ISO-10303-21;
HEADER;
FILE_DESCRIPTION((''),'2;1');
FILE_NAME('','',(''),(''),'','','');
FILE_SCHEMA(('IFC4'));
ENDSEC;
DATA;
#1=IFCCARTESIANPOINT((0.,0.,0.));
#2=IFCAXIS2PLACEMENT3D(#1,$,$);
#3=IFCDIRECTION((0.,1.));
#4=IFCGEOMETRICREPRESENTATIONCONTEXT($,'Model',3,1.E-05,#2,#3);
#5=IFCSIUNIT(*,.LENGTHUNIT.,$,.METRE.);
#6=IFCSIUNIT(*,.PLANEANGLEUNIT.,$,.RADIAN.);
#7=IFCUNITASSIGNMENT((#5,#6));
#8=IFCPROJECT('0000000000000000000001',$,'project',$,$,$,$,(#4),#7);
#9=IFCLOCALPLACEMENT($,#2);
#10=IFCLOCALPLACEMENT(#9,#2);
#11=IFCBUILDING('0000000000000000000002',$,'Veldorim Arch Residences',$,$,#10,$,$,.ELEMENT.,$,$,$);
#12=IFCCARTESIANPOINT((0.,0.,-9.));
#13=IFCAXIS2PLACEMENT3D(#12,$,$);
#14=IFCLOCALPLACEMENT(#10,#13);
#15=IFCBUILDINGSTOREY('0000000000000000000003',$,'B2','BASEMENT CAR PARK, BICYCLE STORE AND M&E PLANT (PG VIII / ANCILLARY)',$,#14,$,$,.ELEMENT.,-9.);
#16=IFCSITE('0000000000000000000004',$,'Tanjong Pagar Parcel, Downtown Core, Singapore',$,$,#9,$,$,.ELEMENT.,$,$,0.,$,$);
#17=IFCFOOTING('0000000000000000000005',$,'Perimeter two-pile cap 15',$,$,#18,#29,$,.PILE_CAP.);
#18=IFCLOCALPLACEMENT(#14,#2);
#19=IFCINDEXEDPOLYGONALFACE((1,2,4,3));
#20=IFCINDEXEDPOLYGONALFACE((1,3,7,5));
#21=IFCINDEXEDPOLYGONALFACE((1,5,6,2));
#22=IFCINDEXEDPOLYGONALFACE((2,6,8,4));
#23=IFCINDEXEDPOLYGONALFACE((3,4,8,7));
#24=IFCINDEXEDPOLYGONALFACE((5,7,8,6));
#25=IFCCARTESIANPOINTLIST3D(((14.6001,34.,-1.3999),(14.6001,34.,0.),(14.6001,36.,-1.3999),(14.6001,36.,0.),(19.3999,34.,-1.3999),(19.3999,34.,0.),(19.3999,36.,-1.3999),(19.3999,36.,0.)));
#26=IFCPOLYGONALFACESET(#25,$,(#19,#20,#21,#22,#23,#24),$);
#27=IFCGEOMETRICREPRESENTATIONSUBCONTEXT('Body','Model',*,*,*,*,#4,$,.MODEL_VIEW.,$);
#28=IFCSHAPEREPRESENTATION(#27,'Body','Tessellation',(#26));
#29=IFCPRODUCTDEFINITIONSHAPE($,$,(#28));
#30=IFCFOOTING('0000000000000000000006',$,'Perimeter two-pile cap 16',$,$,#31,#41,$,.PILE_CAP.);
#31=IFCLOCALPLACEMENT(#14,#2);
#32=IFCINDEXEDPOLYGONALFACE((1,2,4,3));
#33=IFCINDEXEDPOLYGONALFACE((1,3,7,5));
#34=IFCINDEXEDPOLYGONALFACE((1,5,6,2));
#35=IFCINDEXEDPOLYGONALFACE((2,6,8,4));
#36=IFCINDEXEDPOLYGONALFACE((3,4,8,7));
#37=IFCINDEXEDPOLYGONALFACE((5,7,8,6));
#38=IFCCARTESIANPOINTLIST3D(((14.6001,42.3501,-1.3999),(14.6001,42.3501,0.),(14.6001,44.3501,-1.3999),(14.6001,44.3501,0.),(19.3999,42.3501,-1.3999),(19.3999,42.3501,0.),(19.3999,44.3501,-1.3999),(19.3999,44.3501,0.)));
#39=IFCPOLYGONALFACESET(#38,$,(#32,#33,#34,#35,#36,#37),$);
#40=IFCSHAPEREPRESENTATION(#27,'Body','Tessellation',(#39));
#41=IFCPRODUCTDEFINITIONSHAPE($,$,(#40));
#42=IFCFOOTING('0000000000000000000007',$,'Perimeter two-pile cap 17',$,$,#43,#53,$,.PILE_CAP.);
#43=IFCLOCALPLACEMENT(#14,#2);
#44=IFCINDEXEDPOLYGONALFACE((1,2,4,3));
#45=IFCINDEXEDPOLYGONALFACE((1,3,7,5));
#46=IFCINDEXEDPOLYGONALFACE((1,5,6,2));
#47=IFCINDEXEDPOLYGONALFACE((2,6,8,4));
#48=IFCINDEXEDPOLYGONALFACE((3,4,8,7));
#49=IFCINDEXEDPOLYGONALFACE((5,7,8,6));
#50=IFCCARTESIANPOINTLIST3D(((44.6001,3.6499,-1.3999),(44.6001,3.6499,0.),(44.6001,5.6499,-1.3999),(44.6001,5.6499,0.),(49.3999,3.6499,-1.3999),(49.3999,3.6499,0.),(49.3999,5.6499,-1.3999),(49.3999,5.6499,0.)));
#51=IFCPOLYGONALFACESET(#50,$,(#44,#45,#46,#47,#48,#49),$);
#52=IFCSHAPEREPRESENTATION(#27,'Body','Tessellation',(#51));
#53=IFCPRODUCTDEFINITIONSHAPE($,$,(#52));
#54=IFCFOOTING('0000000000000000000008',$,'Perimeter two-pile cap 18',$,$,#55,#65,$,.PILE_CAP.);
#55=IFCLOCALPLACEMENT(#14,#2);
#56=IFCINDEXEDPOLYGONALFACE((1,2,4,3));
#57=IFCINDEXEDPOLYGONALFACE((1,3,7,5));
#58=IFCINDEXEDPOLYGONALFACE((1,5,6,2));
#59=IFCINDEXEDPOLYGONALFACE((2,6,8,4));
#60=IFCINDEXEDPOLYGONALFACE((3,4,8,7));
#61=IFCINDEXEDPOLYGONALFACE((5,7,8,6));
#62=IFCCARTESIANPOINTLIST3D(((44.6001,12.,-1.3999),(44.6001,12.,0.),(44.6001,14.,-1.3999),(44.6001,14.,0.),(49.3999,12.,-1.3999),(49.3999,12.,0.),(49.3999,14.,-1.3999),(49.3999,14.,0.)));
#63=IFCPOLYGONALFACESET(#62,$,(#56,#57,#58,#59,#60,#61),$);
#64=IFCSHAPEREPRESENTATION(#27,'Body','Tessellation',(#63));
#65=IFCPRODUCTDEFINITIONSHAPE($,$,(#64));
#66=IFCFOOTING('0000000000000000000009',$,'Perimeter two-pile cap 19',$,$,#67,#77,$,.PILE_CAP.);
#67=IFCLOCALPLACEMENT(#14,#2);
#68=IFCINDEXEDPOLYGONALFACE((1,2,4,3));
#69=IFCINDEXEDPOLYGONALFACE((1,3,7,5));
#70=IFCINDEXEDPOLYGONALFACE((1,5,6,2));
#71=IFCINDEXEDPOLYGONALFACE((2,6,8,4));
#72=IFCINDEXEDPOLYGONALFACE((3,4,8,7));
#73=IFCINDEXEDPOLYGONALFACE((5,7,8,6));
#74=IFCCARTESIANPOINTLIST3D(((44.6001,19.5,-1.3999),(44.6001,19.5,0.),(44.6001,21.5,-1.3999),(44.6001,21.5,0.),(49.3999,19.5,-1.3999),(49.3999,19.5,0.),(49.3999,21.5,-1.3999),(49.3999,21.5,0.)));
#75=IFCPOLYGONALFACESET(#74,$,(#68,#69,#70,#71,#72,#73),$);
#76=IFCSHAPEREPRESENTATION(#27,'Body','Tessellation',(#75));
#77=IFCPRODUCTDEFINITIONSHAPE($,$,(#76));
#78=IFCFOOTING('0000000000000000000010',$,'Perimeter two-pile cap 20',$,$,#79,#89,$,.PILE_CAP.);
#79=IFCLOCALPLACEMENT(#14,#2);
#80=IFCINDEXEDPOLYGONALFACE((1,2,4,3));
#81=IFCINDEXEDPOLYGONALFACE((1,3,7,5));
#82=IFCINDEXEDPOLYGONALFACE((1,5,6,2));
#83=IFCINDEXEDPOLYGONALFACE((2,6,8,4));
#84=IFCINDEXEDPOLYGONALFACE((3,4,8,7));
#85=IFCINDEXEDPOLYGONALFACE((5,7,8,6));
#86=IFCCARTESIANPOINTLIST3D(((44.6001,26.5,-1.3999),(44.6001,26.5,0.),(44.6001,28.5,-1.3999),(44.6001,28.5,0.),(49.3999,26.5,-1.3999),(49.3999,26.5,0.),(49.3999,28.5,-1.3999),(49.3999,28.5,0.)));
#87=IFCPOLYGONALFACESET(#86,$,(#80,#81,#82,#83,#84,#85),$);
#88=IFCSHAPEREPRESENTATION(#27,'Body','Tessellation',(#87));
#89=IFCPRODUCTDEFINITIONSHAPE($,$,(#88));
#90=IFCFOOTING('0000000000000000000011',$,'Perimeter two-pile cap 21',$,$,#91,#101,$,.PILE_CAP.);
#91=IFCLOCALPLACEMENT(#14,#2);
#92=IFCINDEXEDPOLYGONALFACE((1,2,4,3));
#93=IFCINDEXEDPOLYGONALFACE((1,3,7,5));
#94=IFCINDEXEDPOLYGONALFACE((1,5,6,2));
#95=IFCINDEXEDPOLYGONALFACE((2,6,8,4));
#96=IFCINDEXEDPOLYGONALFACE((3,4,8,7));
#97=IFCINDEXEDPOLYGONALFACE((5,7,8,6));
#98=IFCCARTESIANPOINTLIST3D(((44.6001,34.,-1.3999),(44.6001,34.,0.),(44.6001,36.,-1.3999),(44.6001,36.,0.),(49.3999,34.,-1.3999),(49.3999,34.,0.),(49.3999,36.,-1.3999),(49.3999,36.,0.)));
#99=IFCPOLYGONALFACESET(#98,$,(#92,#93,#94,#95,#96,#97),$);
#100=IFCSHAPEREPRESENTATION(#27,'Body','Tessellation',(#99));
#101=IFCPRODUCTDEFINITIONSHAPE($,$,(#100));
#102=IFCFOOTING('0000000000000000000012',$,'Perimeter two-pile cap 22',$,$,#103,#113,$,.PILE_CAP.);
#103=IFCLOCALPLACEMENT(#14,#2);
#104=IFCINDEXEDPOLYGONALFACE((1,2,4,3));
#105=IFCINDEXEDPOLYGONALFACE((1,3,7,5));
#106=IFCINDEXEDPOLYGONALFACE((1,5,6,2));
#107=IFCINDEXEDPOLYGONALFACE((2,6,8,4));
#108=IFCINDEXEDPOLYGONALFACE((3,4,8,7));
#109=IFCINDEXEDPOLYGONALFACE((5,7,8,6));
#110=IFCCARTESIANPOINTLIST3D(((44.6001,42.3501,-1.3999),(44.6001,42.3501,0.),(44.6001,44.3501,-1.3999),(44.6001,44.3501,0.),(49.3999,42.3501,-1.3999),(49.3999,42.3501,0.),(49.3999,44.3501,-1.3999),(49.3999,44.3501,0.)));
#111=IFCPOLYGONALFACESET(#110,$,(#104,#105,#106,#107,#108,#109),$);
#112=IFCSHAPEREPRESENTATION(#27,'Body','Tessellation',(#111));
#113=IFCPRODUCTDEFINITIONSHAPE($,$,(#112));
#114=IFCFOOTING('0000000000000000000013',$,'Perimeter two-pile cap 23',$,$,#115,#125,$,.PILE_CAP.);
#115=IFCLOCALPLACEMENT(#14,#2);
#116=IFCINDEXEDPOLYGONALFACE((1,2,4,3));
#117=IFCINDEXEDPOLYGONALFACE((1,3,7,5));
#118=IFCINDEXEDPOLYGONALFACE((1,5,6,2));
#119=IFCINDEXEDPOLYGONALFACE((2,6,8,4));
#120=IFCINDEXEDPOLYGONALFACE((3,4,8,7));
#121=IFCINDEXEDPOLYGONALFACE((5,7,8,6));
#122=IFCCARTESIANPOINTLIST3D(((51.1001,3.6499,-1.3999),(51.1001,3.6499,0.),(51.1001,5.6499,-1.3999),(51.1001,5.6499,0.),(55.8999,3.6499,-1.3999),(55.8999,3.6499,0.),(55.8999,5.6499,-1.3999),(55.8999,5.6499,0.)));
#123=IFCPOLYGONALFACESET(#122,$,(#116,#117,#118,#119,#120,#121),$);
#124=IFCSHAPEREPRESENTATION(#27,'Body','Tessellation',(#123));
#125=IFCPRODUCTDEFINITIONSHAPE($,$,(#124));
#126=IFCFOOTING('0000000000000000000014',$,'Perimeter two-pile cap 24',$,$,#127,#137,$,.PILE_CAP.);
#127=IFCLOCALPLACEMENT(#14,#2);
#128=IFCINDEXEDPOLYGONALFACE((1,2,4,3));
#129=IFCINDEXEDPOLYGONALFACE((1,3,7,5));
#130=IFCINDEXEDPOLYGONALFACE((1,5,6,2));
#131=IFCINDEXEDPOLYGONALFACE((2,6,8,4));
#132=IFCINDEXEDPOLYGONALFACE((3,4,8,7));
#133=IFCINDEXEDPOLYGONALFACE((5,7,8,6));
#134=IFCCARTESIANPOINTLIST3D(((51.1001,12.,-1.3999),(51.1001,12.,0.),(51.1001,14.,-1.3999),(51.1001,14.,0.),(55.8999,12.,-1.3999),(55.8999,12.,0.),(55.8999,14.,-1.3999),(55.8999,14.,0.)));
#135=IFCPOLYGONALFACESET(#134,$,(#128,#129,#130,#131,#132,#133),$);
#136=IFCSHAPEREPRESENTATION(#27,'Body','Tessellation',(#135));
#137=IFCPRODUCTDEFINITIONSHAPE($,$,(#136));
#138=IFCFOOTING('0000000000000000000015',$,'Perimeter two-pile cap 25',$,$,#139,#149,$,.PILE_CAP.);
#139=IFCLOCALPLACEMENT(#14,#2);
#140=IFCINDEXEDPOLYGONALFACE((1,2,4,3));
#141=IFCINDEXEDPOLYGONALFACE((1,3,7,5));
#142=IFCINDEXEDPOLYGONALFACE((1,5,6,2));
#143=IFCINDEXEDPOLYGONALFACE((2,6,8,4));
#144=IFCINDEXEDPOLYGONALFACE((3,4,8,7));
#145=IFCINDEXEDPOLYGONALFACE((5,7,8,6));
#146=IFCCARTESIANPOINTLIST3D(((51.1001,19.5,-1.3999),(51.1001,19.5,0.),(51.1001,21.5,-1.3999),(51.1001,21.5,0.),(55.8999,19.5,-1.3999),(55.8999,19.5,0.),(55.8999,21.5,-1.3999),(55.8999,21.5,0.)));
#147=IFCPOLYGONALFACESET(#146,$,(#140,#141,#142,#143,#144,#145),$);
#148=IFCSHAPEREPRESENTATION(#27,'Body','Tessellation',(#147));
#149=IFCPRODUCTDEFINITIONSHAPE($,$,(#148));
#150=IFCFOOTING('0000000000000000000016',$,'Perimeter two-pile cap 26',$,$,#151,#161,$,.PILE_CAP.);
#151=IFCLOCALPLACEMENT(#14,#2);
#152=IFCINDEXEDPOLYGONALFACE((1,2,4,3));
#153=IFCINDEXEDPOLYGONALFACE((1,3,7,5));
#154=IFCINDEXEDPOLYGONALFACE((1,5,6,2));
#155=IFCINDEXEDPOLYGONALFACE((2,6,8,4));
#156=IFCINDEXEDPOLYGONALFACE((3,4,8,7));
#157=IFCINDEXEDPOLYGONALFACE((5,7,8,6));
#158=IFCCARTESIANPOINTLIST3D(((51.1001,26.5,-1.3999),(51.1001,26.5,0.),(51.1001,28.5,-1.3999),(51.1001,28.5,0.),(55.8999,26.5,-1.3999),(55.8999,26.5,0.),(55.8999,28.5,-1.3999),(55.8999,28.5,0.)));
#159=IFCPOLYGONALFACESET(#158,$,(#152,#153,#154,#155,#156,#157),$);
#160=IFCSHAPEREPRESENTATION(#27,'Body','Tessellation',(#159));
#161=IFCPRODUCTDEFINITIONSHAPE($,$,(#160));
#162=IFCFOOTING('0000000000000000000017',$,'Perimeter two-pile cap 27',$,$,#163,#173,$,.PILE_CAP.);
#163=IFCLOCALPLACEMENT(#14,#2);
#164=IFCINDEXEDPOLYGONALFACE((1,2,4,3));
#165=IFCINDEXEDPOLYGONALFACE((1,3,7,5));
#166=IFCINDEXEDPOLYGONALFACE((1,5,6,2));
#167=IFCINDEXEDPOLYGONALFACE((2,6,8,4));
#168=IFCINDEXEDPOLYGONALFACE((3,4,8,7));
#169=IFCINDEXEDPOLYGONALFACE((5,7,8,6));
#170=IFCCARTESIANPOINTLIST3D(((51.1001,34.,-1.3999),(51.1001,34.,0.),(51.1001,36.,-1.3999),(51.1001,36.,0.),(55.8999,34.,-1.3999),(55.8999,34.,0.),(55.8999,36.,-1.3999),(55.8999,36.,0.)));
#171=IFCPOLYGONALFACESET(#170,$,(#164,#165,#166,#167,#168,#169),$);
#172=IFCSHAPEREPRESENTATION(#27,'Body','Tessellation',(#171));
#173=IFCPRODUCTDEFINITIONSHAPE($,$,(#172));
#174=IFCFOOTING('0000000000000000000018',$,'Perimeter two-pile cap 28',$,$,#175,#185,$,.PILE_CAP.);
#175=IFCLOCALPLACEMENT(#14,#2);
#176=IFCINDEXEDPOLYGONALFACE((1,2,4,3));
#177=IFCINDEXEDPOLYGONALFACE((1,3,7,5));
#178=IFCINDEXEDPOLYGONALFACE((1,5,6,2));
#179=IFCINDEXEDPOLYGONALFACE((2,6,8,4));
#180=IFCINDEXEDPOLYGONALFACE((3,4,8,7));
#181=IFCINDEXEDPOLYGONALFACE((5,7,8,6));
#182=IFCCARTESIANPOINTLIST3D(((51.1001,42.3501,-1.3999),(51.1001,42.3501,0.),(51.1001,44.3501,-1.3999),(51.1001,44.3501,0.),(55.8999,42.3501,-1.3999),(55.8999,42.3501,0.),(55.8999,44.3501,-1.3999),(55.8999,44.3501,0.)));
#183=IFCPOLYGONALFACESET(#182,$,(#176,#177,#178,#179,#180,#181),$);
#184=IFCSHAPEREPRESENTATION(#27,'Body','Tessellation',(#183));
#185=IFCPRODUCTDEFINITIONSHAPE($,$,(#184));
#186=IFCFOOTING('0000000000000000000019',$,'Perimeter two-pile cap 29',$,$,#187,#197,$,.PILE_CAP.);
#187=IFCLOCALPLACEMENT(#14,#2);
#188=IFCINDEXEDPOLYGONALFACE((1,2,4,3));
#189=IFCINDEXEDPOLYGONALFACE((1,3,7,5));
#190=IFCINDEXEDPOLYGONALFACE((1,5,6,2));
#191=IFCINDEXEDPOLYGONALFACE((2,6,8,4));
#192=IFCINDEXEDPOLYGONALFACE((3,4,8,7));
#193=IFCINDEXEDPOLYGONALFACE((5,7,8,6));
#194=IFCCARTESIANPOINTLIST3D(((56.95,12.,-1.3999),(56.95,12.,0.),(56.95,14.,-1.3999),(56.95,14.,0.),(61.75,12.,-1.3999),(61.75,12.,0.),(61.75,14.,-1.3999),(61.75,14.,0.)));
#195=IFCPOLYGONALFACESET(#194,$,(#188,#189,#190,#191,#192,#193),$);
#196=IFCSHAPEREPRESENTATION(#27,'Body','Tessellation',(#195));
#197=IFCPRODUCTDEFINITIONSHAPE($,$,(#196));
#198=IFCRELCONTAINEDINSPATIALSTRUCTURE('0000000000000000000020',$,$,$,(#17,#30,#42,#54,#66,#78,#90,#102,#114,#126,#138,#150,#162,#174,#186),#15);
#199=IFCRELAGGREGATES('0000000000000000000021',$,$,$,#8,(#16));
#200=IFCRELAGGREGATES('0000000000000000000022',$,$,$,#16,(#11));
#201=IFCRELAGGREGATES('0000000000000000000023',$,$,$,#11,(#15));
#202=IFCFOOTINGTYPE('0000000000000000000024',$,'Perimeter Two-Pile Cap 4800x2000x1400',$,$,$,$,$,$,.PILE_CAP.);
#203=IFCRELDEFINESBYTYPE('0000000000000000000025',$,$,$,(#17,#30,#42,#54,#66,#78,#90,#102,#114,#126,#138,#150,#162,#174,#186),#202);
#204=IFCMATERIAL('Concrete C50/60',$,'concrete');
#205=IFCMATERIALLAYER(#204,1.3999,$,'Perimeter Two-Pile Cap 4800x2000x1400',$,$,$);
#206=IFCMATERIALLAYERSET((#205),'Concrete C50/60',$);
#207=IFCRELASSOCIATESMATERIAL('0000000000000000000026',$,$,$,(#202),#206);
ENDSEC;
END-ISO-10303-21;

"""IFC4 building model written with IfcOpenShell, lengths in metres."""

from ifc_helpers import new_model, si_unit, direction, frame, origin, place, context, subcontext, project, spatial, polyline, outline, extrude, material, layer, layer_set, type_object, element, save


model = new_model("IFC4")

# Units and contexts
model_context = context("Model", 3, precision=1e-05, world=origin(), true_north=direction((0.0, 1.0)))
body_context = subcontext(model_context, "Body", "Model", "MODEL_VIEW")
ifc_project = project(units=[si_unit("LENGTHUNIT", "METRE"), si_unit("PLANEANGLEUNIT", "RADIAN")], contexts=[model_context])

# Site, building, storey
site_placement = place(None, origin())
site = spatial("IfcSite", under=ifc_project, at=site_placement, Name="Tanjong Pagar Parcel, Downtown Core, Singapore", CompositionType="ELEMENT", RefElevation=0.0)
building_placement = place(site_placement, origin())
building = spatial("IfcBuilding", under=site, at=building_placement, Name="Veldorim Arch Residences", CompositionType="ELEMENT")
storey_placement = place(building_placement, frame((0.0, 0.0, -9.0)))
storey = spatial("IfcBuildingStorey", under=building, at=storey_placement, Name="B2", Description="BASEMENT CAR PARK, BICYCLE STORE AND M&E PLANT (PG VIII / ANCILLARY)", CompositionType="ELEMENT", Elevation=-9.0)

# Footings
ifc_material_1 = material(Name="Concrete C50/60", Category="concrete")
ifc_layer_1 = layer(ifc_material_1, 1.3999, Name="Perimeter Two-Pile Cap 4800x2000x1400")
ifc_layer_set_1 = layer_set([ifc_layer_1], Name="Concrete C50/60")
footing_type_1 = type_object("IfcFootingType", Name="Perimeter Two-Pile Cap 4800x2000x1400", PredefinedType="PILE_CAP", material=ifc_layer_set_1)
footing_1_placement = place(storey_placement, frame((0.0, 0.0, -1.3999)))
element("IfcFooting", 1, at=footing_1_placement, inside=storey, type_object=footing_type_1, Name="Perimeter two-pile cap 15", PredefinedType="PILE_CAP", context=body_context, shape_type="SweptSolid", body=[
    extrude(outline(polyline([(14.6001, 34.0), (19.3999, 34.0), (19.3999, 36.0), (14.6001, 36.0), (14.6001, 34.0)])), origin(), (0.0, 0.0, 1.0), 1.3999),
])
footing_2_placement = place(storey_placement, frame((0.0, 0.0, -1.3999)))
element("IfcFooting", 2, at=footing_2_placement, inside=storey, type_object=footing_type_1, Name="Perimeter two-pile cap 16", PredefinedType="PILE_CAP", context=body_context, shape_type="SweptSolid", body=[
    extrude(outline(polyline([(14.6001, 42.3501), (19.3999, 42.3501), (19.3999, 44.3501), (14.6001, 44.3501), (14.6001, 42.3501)])), origin(), (0.0, 0.0, 1.0), 1.3999),
])
footing_3_placement = place(storey_placement, frame((0.0, 0.0, -1.3999)))
element("IfcFooting", 3, at=footing_3_placement, inside=storey, type_object=footing_type_1, Name="Perimeter two-pile cap 17", PredefinedType="PILE_CAP", context=body_context, shape_type="SweptSolid", body=[
    extrude(outline(polyline([(44.6001, 3.6499), (49.3999, 3.6499), (49.3999, 5.6499), (44.6001, 5.6499), (44.6001, 3.6499)])), origin(), (0.0, 0.0, 1.0), 1.3999),
])
footing_4_placement = place(storey_placement, frame((0.0, 0.0, -1.3999)))
element("IfcFooting", 4, at=footing_4_placement, inside=storey, type_object=footing_type_1, Name="Perimeter two-pile cap 18", PredefinedType="PILE_CAP", context=body_context, shape_type="SweptSolid", body=[
    extrude(outline(polyline([(44.6001, 12.0), (49.3999, 12.0), (49.3999, 14.0), (44.6001, 14.0), (44.6001, 12.0)])), origin(), (0.0, 0.0, 1.0), 1.3999),
])
footing_5_placement = place(storey_placement, frame((0.0, 0.0, -1.3999)))
element("IfcFooting", 5, at=footing_5_placement, inside=storey, type_object=footing_type_1, Name="Perimeter two-pile cap 19", PredefinedType="PILE_CAP", context=body_context, shape_type="SweptSolid", body=[
    extrude(outline(polyline([(44.6001, 19.5), (49.3999, 19.5), (49.3999, 21.5), (44.6001, 21.5), (44.6001, 19.5)])), origin(), (0.0, 0.0, 1.0), 1.3999),
])
footing_6_placement = place(storey_placement, frame((0.0, 0.0, -1.3999)))
element("IfcFooting", 6, at=footing_6_placement, inside=storey, type_object=footing_type_1, Name="Perimeter two-pile cap 20", PredefinedType="PILE_CAP", context=body_context, shape_type="SweptSolid", body=[
    extrude(outline(polyline([(44.6001, 26.5), (49.3999, 26.5), (49.3999, 28.5), (44.6001, 28.5), (44.6001, 26.5)])), origin(), (0.0, 0.0, 1.0), 1.3999),
])
footing_7_placement = place(storey_placement, frame((0.0, 0.0, -1.3999)))
element("IfcFooting", 7, at=footing_7_placement, inside=storey, type_object=footing_type_1, Name="Perimeter two-pile cap 21", PredefinedType="PILE_CAP", context=body_context, shape_type="SweptSolid", body=[
    extrude(outline(polyline([(44.6001, 34.0), (49.3999, 34.0), (49.3999, 36.0), (44.6001, 36.0), (44.6001, 34.0)])), origin(), (0.0, 0.0, 1.0), 1.3999),
])
footing_8_placement = place(storey_placement, frame((0.0, 0.0, -1.3999)))
element("IfcFooting", 8, at=footing_8_placement, inside=storey, type_object=footing_type_1, Name="Perimeter two-pile cap 22", PredefinedType="PILE_CAP", context=body_context, shape_type="SweptSolid", body=[
    extrude(outline(polyline([(44.6001, 42.3501), (49.3999, 42.3501), (49.3999, 44.3501), (44.6001, 44.3501), (44.6001, 42.3501)])), origin(), (0.0, 0.0, 1.0), 1.3999),
])
footing_9_placement = place(storey_placement, frame((0.0, 0.0, -1.3999)))
element("IfcFooting", 9, at=footing_9_placement, inside=storey, type_object=footing_type_1, Name="Perimeter two-pile cap 23", PredefinedType="PILE_CAP", context=body_context, shape_type="SweptSolid", body=[
    extrude(outline(polyline([(51.1001, 3.6499), (55.8999, 3.6499), (55.8999, 5.6499), (51.1001, 5.6499), (51.1001, 3.6499)])), origin(), (0.0, 0.0, 1.0), 1.3999),
])
footing_10_placement = place(storey_placement, frame((0.0, 0.0, -1.3999)))
element("IfcFooting", 10, at=footing_10_placement, inside=storey, type_object=footing_type_1, Name="Perimeter two-pile cap 24", PredefinedType="PILE_CAP", context=body_context, shape_type="SweptSolid", body=[
    extrude(outline(polyline([(51.1001, 12.0), (55.8999, 12.0), (55.8999, 14.0), (51.1001, 14.0), (51.1001, 12.0)])), origin(), (0.0, 0.0, 1.0), 1.3999),
])
footing_11_placement = place(storey_placement, frame((0.0, 0.0, -1.3999)))
element("IfcFooting", 11, at=footing_11_placement, inside=storey, type_object=footing_type_1, Name="Perimeter two-pile cap 25", PredefinedType="PILE_CAP", context=body_context, shape_type="SweptSolid", body=[
    extrude(outline(polyline([(51.1001, 19.5), (55.8999, 19.5), (55.8999, 21.5), (51.1001, 21.5), (51.1001, 19.5)])), origin(), (0.0, 0.0, 1.0), 1.3999),
])
footing_12_placement = place(storey_placement, frame((0.0, 0.0, -1.3999)))
element("IfcFooting", 12, at=footing_12_placement, inside=storey, type_object=footing_type_1, Name="Perimeter two-pile cap 26", PredefinedType="PILE_CAP", context=body_context, shape_type="SweptSolid", body=[
    extrude(outline(polyline([(51.1001, 26.5), (55.8999, 26.5), (55.8999, 28.5), (51.1001, 28.5), (51.1001, 26.5)])), origin(), (0.0, 0.0, 1.0), 1.3999),
])
footing_13_placement = place(storey_placement, frame((0.0, 0.0, -1.3999)))
element("IfcFooting", 13, at=footing_13_placement, inside=storey, type_object=footing_type_1, Name="Perimeter two-pile cap 27", PredefinedType="PILE_CAP", context=body_context, shape_type="SweptSolid", body=[
    extrude(outline(polyline([(51.1001, 34.0), (55.8999, 34.0), (55.8999, 36.0), (51.1001, 36.0), (51.1001, 34.0)])), origin(), (0.0, 0.0, 1.0), 1.3999),
])
footing_14_placement = place(storey_placement, frame((0.0, 0.0, -1.3999)))
element("IfcFooting", 14, at=footing_14_placement, inside=storey, type_object=footing_type_1, Name="Perimeter two-pile cap 28", PredefinedType="PILE_CAP", context=body_context, shape_type="SweptSolid", body=[
    extrude(outline(polyline([(51.1001, 42.3501), (55.8999, 42.3501), (55.8999, 44.3501), (51.1001, 44.3501), (51.1001, 42.3501)])), origin(), (0.0, 0.0, 1.0), 1.3999),
])
footing_15_placement = place(storey_placement, frame((0.0, 0.0, -1.3999)))
element("IfcFooting", 15, at=footing_15_placement, inside=storey, type_object=footing_type_1, Name="Perimeter two-pile cap 29", PredefinedType="PILE_CAP", context=body_context, shape_type="SweptSolid", body=[
    extrude(outline(polyline([(56.95, 12.0), (61.75, 12.0), (61.75, 14.0), (56.95, 14.0), (56.95, 12.0)])), origin(), (0.0, 0.0, 1.0), 1.3999),
])

save(model, "model.ifc")
